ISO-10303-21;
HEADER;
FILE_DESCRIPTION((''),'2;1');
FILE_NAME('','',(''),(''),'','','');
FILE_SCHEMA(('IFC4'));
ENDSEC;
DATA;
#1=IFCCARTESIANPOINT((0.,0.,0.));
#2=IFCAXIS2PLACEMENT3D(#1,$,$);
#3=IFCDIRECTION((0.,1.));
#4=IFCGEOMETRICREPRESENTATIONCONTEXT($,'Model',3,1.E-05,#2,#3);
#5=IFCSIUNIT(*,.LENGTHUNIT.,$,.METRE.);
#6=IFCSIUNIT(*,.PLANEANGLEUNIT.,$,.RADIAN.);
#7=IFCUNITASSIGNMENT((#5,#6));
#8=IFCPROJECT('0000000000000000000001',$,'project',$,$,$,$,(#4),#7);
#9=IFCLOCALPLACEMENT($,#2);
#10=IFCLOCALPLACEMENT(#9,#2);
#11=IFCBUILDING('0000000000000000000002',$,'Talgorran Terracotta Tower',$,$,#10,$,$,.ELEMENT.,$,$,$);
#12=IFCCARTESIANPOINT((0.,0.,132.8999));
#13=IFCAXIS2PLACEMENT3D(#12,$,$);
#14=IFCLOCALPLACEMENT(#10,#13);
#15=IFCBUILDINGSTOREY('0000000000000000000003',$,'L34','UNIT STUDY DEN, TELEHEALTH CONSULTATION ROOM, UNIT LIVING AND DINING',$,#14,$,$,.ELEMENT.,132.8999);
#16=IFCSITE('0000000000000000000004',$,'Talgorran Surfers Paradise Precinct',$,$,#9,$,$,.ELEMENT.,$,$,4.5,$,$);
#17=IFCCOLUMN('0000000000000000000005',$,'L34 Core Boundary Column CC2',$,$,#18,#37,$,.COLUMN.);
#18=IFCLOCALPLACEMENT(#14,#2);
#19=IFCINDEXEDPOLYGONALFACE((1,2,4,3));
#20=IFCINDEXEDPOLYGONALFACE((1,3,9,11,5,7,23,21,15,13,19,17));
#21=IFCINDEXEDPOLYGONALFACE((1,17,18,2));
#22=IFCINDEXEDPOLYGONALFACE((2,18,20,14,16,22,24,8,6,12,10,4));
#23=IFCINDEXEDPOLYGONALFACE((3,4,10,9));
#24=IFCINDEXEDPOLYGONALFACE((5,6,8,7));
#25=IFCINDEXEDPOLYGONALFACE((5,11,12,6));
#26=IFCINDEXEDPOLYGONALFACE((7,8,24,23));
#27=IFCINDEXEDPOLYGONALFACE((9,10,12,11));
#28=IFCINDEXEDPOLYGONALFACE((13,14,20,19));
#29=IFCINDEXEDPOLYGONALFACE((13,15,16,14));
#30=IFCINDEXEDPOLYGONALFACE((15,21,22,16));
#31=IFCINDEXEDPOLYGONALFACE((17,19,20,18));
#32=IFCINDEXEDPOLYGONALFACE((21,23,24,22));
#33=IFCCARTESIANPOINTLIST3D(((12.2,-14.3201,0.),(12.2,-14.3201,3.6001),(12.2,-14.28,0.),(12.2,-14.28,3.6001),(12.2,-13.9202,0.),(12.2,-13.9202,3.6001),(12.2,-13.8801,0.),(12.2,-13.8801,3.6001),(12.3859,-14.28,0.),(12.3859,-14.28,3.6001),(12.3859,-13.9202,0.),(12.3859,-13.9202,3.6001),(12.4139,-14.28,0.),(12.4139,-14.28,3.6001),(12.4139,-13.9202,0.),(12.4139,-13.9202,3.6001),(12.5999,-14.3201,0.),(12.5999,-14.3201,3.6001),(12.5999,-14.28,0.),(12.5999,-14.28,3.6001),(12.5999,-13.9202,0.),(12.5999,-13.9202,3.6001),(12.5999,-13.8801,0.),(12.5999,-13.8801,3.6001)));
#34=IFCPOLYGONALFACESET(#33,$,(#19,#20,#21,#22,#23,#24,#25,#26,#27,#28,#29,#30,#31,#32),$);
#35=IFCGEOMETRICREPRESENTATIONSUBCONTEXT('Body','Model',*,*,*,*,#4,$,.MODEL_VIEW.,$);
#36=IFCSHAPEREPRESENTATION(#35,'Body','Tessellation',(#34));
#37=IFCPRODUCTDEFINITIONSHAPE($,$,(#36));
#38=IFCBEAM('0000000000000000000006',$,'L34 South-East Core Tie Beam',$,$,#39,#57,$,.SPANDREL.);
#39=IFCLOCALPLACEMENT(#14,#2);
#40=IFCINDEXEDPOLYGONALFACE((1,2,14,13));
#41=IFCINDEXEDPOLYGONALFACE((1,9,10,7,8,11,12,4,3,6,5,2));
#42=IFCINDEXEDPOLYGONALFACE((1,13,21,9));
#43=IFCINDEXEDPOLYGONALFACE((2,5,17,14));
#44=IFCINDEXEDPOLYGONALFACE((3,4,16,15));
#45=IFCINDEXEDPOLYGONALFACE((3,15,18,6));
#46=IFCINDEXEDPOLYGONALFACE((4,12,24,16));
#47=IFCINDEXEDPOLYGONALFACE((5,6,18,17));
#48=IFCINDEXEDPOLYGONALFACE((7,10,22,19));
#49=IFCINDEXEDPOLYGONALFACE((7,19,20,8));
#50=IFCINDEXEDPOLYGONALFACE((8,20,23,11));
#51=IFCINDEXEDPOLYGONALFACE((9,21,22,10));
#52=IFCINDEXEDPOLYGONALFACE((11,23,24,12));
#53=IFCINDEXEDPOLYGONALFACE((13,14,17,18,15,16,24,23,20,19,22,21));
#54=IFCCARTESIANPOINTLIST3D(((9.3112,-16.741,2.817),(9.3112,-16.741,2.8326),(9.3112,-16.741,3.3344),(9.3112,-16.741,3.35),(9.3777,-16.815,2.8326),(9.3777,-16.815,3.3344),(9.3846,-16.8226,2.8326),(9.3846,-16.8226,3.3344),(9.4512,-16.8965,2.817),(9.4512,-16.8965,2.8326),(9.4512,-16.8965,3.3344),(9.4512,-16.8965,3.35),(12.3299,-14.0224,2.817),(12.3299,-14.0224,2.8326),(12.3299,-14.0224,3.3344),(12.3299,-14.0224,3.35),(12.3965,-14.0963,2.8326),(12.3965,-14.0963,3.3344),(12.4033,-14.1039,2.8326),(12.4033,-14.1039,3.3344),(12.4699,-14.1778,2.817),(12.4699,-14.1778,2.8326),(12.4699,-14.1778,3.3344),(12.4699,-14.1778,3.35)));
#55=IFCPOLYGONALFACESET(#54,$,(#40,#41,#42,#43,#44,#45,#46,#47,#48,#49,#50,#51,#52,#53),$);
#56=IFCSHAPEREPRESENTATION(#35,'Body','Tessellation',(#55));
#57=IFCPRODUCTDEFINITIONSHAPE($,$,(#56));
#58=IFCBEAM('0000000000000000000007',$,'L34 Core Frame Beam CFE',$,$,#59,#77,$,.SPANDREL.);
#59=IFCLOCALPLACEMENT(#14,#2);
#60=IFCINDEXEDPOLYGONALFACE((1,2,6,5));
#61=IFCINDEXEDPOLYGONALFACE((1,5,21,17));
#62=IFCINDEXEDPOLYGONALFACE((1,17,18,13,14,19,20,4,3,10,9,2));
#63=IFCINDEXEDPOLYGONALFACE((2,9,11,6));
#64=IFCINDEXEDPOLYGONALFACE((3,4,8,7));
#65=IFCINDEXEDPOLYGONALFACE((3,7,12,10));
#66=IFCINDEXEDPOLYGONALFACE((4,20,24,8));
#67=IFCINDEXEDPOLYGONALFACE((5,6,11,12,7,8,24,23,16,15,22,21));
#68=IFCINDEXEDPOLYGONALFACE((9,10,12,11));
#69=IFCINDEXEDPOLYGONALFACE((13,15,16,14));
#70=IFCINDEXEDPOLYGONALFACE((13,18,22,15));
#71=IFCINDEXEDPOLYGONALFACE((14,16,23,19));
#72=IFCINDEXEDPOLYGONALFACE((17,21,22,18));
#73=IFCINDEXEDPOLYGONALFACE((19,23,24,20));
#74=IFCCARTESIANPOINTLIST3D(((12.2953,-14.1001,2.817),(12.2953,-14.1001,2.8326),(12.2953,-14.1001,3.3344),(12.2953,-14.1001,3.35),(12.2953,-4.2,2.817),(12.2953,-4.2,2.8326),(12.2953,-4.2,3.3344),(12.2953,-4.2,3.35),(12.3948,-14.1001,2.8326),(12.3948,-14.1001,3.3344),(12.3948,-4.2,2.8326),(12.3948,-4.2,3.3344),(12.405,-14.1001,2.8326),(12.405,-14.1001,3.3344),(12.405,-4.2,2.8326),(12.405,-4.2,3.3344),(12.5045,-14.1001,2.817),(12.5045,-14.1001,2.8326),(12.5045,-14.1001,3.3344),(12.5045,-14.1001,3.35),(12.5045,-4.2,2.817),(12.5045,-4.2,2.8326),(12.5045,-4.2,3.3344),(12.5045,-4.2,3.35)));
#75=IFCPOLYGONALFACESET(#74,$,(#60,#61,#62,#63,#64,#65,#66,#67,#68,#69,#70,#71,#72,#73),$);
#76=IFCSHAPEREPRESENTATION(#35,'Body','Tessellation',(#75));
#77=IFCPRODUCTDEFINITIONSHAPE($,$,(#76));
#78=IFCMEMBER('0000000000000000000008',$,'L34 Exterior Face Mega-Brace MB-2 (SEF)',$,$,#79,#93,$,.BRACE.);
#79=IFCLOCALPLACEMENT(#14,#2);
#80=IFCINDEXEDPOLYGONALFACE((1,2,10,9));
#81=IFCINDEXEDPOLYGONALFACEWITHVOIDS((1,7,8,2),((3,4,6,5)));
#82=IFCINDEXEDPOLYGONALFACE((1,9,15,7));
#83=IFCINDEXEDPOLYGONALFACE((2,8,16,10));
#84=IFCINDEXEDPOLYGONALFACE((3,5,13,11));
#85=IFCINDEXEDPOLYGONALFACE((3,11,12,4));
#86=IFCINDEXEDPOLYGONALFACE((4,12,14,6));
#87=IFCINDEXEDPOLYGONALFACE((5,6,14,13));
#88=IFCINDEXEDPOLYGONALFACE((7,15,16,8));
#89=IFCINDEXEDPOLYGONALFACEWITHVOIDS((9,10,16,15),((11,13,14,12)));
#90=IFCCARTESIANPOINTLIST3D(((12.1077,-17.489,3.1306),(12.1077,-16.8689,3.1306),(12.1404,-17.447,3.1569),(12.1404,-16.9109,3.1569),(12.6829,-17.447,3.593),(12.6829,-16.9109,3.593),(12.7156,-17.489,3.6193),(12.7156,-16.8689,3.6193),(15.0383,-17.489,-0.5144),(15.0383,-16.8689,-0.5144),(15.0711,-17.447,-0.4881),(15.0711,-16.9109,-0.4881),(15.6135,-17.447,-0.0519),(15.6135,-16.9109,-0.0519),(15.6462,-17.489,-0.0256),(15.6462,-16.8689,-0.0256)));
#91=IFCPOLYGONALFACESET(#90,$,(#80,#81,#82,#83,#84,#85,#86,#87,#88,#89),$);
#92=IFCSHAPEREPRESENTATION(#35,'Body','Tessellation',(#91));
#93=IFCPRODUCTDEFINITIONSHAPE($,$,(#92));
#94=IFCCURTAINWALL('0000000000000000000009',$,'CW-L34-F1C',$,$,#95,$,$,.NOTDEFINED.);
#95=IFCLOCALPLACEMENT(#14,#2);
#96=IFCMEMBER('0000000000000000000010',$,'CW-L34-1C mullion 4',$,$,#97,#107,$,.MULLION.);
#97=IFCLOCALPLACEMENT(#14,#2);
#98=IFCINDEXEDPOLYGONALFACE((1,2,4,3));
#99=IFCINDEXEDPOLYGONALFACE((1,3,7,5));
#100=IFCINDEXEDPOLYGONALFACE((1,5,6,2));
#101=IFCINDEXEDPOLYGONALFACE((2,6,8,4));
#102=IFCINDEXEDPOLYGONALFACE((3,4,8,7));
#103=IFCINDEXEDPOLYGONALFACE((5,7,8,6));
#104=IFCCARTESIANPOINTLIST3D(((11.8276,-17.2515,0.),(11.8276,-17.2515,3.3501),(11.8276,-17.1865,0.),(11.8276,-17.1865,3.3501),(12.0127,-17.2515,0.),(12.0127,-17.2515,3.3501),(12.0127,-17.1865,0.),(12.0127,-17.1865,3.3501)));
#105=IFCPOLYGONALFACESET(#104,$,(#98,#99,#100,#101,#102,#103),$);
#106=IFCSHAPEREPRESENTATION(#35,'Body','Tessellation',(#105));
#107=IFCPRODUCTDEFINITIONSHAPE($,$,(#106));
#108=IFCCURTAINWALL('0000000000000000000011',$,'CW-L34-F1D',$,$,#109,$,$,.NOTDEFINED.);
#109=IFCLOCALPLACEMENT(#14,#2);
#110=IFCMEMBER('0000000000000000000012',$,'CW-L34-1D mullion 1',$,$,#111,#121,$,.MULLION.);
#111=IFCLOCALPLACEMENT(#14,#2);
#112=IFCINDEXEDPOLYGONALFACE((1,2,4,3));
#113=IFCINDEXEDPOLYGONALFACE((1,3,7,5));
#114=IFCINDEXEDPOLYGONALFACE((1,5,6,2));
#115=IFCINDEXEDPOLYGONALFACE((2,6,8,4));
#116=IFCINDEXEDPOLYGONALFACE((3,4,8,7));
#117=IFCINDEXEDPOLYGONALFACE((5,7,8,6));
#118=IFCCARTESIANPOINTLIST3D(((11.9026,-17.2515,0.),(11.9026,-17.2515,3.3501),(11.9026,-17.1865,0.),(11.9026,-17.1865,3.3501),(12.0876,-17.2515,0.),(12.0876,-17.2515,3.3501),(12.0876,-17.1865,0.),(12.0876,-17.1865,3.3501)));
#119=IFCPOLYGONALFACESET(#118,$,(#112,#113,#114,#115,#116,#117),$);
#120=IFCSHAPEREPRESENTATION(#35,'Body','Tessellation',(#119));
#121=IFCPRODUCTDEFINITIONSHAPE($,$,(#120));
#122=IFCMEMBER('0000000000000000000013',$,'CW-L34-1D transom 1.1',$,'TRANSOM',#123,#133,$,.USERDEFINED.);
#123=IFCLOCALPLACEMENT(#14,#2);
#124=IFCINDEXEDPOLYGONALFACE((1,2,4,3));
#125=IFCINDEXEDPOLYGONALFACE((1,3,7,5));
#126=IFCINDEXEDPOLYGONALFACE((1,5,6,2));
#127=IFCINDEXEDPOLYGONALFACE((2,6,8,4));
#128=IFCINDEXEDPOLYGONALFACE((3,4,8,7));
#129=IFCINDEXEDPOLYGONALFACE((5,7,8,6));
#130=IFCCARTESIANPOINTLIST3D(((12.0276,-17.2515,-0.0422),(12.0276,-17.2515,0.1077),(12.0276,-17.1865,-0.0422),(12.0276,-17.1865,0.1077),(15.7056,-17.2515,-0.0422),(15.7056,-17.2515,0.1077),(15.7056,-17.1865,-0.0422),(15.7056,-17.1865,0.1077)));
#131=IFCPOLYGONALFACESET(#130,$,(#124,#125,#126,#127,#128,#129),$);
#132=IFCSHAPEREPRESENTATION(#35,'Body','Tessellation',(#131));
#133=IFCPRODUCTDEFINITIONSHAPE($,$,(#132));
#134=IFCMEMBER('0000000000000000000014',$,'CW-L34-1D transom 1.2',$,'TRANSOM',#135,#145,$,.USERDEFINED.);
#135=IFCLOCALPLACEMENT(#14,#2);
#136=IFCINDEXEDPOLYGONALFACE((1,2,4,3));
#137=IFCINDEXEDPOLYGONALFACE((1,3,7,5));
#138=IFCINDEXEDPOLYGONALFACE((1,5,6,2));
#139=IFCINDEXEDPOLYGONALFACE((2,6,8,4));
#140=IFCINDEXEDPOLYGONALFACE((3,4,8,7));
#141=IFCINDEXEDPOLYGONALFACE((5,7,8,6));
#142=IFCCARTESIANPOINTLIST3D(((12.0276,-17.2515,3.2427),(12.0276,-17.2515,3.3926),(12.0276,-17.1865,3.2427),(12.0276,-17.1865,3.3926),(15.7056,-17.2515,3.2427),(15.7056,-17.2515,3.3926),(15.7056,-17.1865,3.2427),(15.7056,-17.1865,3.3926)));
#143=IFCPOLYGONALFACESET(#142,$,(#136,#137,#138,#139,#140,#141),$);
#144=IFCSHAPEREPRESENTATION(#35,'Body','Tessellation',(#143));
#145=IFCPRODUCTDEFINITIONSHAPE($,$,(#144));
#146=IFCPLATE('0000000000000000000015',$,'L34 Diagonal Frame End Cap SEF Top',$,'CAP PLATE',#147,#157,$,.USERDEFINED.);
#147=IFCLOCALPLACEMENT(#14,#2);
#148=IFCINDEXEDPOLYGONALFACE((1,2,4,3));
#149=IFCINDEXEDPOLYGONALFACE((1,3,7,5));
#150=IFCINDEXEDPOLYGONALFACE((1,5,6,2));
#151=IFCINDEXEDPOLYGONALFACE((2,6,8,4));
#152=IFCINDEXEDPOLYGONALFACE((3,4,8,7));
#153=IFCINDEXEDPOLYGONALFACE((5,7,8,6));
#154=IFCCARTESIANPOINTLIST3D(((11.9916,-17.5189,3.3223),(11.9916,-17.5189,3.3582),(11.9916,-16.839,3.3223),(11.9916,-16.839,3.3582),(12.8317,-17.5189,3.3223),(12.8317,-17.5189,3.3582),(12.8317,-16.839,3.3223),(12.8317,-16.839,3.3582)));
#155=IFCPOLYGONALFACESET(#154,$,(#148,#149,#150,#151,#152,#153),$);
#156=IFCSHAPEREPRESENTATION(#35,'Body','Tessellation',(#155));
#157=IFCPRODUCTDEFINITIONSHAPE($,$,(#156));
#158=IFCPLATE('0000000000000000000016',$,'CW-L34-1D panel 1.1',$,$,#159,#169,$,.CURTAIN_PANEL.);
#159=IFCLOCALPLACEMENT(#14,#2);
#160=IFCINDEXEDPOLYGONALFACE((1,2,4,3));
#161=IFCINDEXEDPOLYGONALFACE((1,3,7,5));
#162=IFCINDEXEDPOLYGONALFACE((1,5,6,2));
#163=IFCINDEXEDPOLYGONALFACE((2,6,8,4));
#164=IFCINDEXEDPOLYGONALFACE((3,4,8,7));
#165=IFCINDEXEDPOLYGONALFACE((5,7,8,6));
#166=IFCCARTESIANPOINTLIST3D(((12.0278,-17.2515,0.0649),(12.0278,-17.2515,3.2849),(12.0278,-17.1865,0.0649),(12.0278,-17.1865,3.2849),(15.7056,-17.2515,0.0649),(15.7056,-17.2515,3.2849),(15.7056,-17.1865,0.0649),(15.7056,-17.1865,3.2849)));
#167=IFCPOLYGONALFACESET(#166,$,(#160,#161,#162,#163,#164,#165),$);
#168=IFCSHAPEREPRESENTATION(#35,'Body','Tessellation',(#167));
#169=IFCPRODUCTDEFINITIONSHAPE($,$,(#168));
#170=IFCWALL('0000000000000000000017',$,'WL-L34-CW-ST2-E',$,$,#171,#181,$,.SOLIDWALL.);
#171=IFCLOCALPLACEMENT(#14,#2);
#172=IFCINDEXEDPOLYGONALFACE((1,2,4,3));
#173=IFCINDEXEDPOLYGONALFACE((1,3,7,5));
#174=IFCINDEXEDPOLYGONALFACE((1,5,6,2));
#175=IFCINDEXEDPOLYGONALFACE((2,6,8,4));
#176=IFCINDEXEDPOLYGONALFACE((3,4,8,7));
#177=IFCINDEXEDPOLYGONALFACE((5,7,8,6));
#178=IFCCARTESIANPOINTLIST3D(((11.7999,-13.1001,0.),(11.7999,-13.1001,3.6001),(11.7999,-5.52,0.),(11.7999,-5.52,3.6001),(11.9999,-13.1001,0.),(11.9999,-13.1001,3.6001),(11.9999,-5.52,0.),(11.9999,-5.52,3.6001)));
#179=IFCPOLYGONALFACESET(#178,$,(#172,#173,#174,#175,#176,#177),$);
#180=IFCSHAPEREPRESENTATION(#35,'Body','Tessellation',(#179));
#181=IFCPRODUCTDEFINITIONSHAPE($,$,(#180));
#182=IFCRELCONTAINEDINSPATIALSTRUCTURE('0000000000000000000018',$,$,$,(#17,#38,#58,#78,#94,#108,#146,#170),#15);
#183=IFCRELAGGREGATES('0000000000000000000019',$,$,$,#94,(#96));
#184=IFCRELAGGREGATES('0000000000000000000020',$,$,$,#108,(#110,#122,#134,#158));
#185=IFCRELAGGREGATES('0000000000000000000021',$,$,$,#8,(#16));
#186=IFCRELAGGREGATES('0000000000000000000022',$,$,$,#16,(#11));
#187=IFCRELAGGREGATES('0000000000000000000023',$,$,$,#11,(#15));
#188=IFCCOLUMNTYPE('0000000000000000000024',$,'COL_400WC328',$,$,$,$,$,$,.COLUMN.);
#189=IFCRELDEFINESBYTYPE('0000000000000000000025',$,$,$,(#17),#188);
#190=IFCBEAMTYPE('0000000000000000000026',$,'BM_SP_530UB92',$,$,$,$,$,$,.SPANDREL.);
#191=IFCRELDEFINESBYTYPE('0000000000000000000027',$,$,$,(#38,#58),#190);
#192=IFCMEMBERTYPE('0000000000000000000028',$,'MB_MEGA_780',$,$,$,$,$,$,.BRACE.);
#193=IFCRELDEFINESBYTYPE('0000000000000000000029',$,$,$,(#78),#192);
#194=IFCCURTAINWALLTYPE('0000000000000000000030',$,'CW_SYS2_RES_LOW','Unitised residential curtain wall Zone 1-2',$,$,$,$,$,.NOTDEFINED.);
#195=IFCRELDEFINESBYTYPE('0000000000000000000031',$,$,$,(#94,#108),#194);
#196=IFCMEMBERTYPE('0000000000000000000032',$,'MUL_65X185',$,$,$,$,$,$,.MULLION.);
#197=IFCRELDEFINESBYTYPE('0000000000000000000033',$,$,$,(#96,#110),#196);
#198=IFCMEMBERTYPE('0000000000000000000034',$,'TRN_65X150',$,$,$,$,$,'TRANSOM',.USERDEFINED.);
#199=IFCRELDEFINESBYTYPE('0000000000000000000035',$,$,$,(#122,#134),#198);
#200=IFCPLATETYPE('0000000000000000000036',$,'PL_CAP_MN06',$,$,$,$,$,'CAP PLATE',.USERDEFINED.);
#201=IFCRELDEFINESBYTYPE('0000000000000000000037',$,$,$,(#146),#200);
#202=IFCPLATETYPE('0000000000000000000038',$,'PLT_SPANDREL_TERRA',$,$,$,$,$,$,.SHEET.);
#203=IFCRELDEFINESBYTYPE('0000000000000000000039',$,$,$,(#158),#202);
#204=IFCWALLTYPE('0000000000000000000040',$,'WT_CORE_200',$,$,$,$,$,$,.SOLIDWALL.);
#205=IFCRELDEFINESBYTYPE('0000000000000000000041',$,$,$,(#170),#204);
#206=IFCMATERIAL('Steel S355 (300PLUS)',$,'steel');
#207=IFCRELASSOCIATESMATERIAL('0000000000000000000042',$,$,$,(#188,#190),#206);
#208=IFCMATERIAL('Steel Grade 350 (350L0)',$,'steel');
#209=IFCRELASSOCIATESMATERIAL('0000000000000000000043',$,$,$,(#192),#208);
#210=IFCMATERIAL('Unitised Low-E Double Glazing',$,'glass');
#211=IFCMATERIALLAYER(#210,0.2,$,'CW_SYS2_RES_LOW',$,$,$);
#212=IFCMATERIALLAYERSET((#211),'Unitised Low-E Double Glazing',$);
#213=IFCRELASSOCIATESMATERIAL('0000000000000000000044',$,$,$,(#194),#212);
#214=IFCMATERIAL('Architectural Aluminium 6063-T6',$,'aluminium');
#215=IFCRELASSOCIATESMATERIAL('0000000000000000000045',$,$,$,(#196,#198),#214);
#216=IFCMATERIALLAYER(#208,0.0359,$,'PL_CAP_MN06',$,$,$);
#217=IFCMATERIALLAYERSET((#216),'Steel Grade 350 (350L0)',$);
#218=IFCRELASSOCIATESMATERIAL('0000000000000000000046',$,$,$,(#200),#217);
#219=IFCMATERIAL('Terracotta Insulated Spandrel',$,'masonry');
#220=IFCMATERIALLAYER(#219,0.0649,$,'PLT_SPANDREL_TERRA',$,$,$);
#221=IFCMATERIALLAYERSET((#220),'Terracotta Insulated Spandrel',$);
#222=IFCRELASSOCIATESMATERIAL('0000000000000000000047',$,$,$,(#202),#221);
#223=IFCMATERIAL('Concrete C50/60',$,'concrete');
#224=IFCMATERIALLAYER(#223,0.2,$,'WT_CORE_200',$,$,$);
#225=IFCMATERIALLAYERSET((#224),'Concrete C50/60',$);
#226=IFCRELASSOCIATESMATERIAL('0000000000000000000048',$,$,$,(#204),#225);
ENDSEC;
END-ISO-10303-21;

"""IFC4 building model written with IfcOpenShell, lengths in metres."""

from ifc_helpers import new_model, si_unit, direction, frame, frame_2d, origin, origin_2d, place, context, subcontext, project, spatial, rectangle, hollow_rectangle, i_section, extrude, source, transform, mapped, material, layer, layer_set, material_profile, profile_set, type_object, type_shapes, element, aggregate, save


model = new_model("IFC4")

# Units and contexts
model_context = context("Model", 3, precision=1e-05, world=origin(), true_north=direction((0.0, 1.0)))
body_context = subcontext(model_context, "Body", "Model", "MODEL_VIEW")
ifc_project = project(units=[si_unit("LENGTHUNIT", "METRE"), si_unit("PLANEANGLEUNIT", "RADIAN")], contexts=[model_context])

# Site, building, storey
site_placement = place(None, origin())
site = spatial("IfcSite", under=ifc_project, at=site_placement, Name="Talgorran Surfers Paradise Precinct", CompositionType="ELEMENT", RefElevation=4.5)
building_placement = place(site_placement, origin())
building = spatial("IfcBuilding", under=site, at=building_placement, Name="Talgorran Terracotta Tower", CompositionType="ELEMENT")
storey_placement = place(building_placement, frame((0.0, 0.0, 132.8999)))
storey = spatial("IfcBuildingStorey", under=building, at=storey_placement, Name="L34", Description="UNIT STUDY DEN, TELEHEALTH CONSULTATION ROOM, UNIT LIVING AND DINING", CompositionType="ELEMENT", Elevation=132.8999)

# Column
ifc_material_1 = material(Name="Steel S355 (300PLUS)", Category="steel")
ifc_material_profile_1 = material_profile(ifc_material_1, i_section(OverallWidth=0.3999, OverallDepth=0.4399, WebThickness=0.0281, FlangeThickness=0.04, at=origin_2d()), Name="400WC328")
ifc_profile_set_1 = profile_set([ifc_material_profile_1], Name="Steel S355 (300PLUS)")
column_type = type_object("IfcColumnType", Name="COL_400WC328", PredefinedType="COLUMN", material=ifc_profile_set_1)
column_placement = place(storey_placement, frame((12.3999, -14.1001, 0.0), z_axis=(0.0, 0.0, 1.0), x_axis=(1.0, 0.0, 0.0)))
element("IfcColumn", 1, at=column_placement, inside=storey, type_object=column_type, Name="L34 Core Boundary Column CC2", PredefinedType="COLUMN", context=body_context, shape_type="SweptSolid", body=[
    extrude(i_section(OverallWidth=0.3999, OverallDepth=0.4399, WebThickness=0.0281, FlangeThickness=0.04, at=origin_2d()), origin(), (0.0, 0.0, 1.0), 3.6001),
])

# Beams
ifc_material_profile_2 = material_profile(ifc_material_1, i_section(OverallWidth=0.2092, OverallDepth=0.533, WebThickness=0.0103, FlangeThickness=0.0156, at=origin_2d()), Name="530UB92.4")
ifc_profile_set_2 = profile_set([ifc_material_profile_2], Name="Steel S355 (300PLUS)")
beam_type = type_object("IfcBeamType", Name="BM_SP_530UB92", PredefinedType="SPANDREL", material=ifc_profile_set_2)
beam_1_placement = place(storey_placement, frame((12.3999, -14.1001, 3.0835), z_axis=(-0.74307, -0.669214, 0.0), x_axis=(0.669214, -0.74307, 0.0)))
element("IfcBeam", 2, at=beam_1_placement, inside=storey, type_object=beam_type, Name="L34 South-East Core Tie Beam", PredefinedType="SPANDREL", context=body_context, shape_type="SweptSolid", body=[
    extrude(i_section(OverallWidth=0.2092, OverallDepth=0.533, WebThickness=0.0103, FlangeThickness=0.0156, at=origin_2d()), origin(), (0.0, 0.0, 1.0), 4.0625),
])
beam_2_placement = place(storey_placement, frame((12.3999, -14.1001, 3.0835), z_axis=(0.0, 1.0, 0.0), x_axis=(-1.0, 0.0, 0.0)))
element("IfcBeam", 3, at=beam_2_placement, inside=storey, type_object=beam_type, Name="L34 Core Frame Beam CFE", PredefinedType="SPANDREL", context=body_context, shape_type="SweptSolid", body=[
    extrude(i_section(OverallWidth=0.2092, OverallDepth=0.533, WebThickness=0.0103, FlangeThickness=0.0156, at=origin_2d()), origin(), (0.0, 0.0, 1.0), 9.9001),
])

# Member
ifc_material_2 = material(Name="Steel Grade 350 (350L0)", Category="steel")
ifc_material_profile_3 = material_profile(ifc_material_2, hollow_rectangle(XDim=0.6201, YDim=0.78, WallThickness=0.042, at=origin_2d()), Name="WBOX780X620X42")
ifc_profile_set_3 = profile_set([ifc_material_profile_3], Name="Steel Grade 350 (350L0)")
member_type_1 = type_object("IfcMemberType", Name="MB_MEGA_780", PredefinedType="BRACE", material=ifc_profile_set_3)
member_1_placement = place(storey_placement, frame((15.3423, -17.179, -0.27), z_axis=(-0.626603, 0.0, 0.779339), x_axis=(0.0, -1.0, 0.0)))
element("IfcMember", 4, at=member_1_placement, inside=storey, type_object=member_type_1, Name="L34 Exterior Face Mega-Brace MB-2 (SEF)", PredefinedType="BRACE", context=body_context, shape_type="SweptSolid", body=[
    extrude(hollow_rectangle(XDim=0.6201, YDim=0.78, WallThickness=0.042, at=origin_2d()), origin(), (0.0, 0.0, 1.0), 4.677),
])

# Curtain wall, member
ifc_material_3 = material(Name="Unitised Low-E Double Glazing", Category="glass")
ifc_layer_1 = layer(ifc_material_3, 0.2, Name="CW_SYS2_RES_LOW")
ifc_layer_set_1 = layer_set([ifc_layer_1], Name="Unitised Low-E Double Glazing")
curtain_wall_type = type_object("IfcCurtainWallType", Name="CW_SYS2_RES_LOW", Description="Unitised residential curtain wall Zone 1-2", PredefinedType="NOTDEFINED", material=ifc_layer_set_1)
curtain_wall_1_placement = place(storey_placement, origin())
curtain_wall_1 = element("IfcCurtainWall", 5, at=curtain_wall_1_placement, inside=storey, type_object=curtain_wall_type, Name="CW-L34-F1C", PredefinedType="NOTDEFINED")
ifc_material_4 = material(Name="Architectural Aluminium 6063-T6", Category="aluminium")
ifc_material_profile_4 = material_profile(ifc_material_4, rectangle(XDim=0.0649, YDim=0.1851, at=origin_2d()), Name="CWM65X185")
ifc_profile_set_4 = profile_set([ifc_material_profile_4], Name="Architectural Aluminium 6063-T6")
member_type_2 = type_object("IfcMemberType", Name="MUL_65X185", PredefinedType="MULLION", material=ifc_profile_set_4)
member_2_placement = place(storey_placement, frame((11.9202, -17.219, 0.0), z_axis=(0.0, 0.0, 1.0), x_axis=(0.0, 1.0, 0.0)))
member_2 = element("IfcMember", 6, at=member_2_placement, type_object=member_type_2, Name="CW-L34-1C mullion 4", PredefinedType="MULLION", context=body_context, shape_type="SweptSolid", body=[
    extrude(rectangle(XDim=0.0649, YDim=0.1851, at=origin_2d()), origin(), (0.0, 0.0, 1.0), 3.3501),
])
aggregate(curtain_wall_1, [member_2])

# Curtain wall, members
curtain_wall_2_placement = place(storey_placement, origin())
curtain_wall_2 = element("IfcCurtainWall", 7, at=curtain_wall_2_placement, inside=storey, type_object=curtain_wall_type, Name="CW-L34-F1D", PredefinedType="NOTDEFINED")
member_3_placement = place(storey_placement, frame((11.9951, -17.219, 0.0), z_axis=(0.0, 0.0, 1.0), x_axis=(0.0, 1.0, 0.0)))
member_3 = element("IfcMember", 8, at=member_3_placement, type_object=member_type_2, Name="CW-L34-1D mullion 1", PredefinedType="MULLION", context=body_context, shape_type="SweptSolid", body=[
    extrude(rectangle(XDim=0.0649, YDim=0.1851, at=origin_2d()), origin(), (0.0, 0.0, 1.0), 3.3501),
])
ifc_material_profile_5 = material_profile(ifc_material_4, rectangle(XDim=0.0649, YDim=0.1499, at=origin_2d()), Name="CWT65X150")
ifc_profile_set_5 = profile_set([ifc_material_profile_5], Name="Architectural Aluminium 6063-T6")
member_type_3 = type_object("IfcMemberType", Name="TRN_65X150", ElementType="TRANSOM", PredefinedType="USERDEFINED", material=ifc_profile_set_5)
member_4_placement = place(storey_placement, frame((12.0276, -17.219, 0.0327), z_axis=(1.0, 0.0, 0.0), x_axis=(0.0, 1.0, 0.0)))
member_4 = element("IfcMember", 9, at=member_4_placement, type_object=member_type_3, Name="CW-L34-1D transom 1.1", ObjectType="TRANSOM", PredefinedType="USERDEFINED", context=body_context, shape_type="SweptSolid", body=[
    extrude(rectangle(XDim=0.0649, YDim=0.1499, at=origin_2d()), origin(), (0.0, 0.0, 1.0), 3.678),
])
member_5_placement = place(storey_placement, frame((12.0276, -17.219, 3.3176), z_axis=(1.0, 0.0, 0.0), x_axis=(0.0, 1.0, 0.0)))
member_5 = element("IfcMember", 10, at=member_5_placement, type_object=member_type_3, Name="CW-L34-1D transom 1.2", ObjectType="TRANSOM", PredefinedType="USERDEFINED", context=body_context, shape_type="SweptSolid", body=[
    extrude(rectangle(XDim=0.0649, YDim=0.1499, at=origin_2d()), origin(), (0.0, 0.0, 1.0), 3.678),
])

# Plates
ifc_layer_2 = layer(ifc_material_2, 0.0359, Name="PL_CAP_MN06")
ifc_layer_set_2 = layer_set([ifc_layer_2], Name="Steel Grade 350 (350L0)")
plate_type_1 = type_object("IfcPlateType", Name="PL_CAP_MN06", ElementType="CAP PLATE", PredefinedType="USERDEFINED", material=ifc_layer_set_2)
plate_1_placement = place(storey_placement, frame((12.4116, -17.179, 3.3223), z_axis=(0.0, 0.0, 1.0), x_axis=(-1.0, 0.0, 0.0)))
element("IfcPlate", 11, at=plate_1_placement, inside=storey, type_object=plate_type_1, Name="L34 Diagonal Frame End Cap SEF Top", ObjectType="CAP PLATE", PredefinedType="USERDEFINED", context=body_context, shape_type="SweptSolid", body=[
    extrude(rectangle(XDim=0.8401, YDim=0.6799, at=origin_2d()), origin(), (0.0, 0.0, 1.0), 0.0359),
])
ifc_material_5 = material(Name="Terracotta Insulated Spandrel", Category="masonry")
ifc_layer_3 = layer(ifc_material_5, 0.0649, Name="PLT_SPANDREL_TERRA")
ifc_layer_set_3 = layer_set([ifc_layer_3], Name="Terracotta Insulated Spandrel")
plate_type_2 = type_object("IfcPlateType", Name="PLT_SPANDREL_TERRA", PredefinedType="SHEET", material=ifc_layer_set_3)
shared_shape = source(origin(), body_context, "Body", "SweptSolid", [
    extrude(rectangle(XDim=3.6777, YDim=0.0649, at=origin_2d()), origin(), (0.0, 0.0, 1.0), 3.22),
])
type_shapes(plate_type_2, [shared_shape])
plate_2_placement = place(storey_placement, frame((13.8667, -17.219, 0.0649), z_axis=(0.0, 0.0, 1.0), x_axis=(1.0, 0.0, 0.0)))
plate_2 = element("IfcPlate", 12, at=plate_2_placement, type_object=plate_type_2, Name="CW-L34-1D panel 1.1", PredefinedType="CURTAIN_PANEL", context=body_context, shape_type="MappedRepresentation", body=[
    mapped(shared_shape, transform((0.0, 0.0, 0.0), scale=1.0)),
])
aggregate(curtain_wall_2, [member_3, member_4, member_5, plate_2])

# Wall
ifc_material_6 = material(Name="Concrete C50/60", Category="concrete")
ifc_layer_4 = layer(ifc_material_6, 0.2, Name="WT_CORE_200")
ifc_layer_set_4 = layer_set([ifc_layer_4], Name="Concrete C50/60")
wall_type_1 = type_object("IfcWallType", Name="WT_CORE_200", PredefinedType="SOLIDWALL", material=ifc_layer_set_4)
wall_1_placement = place(storey_placement, frame((11.8999, -13.1001, 0.0), z_axis=(0.0, 0.0, 1.0), x_axis=(0.0, 1.0, 0.0)))
element("IfcWall", 13, at=wall_1_placement, inside=storey, type_object=wall_type_1, Name="WL-L34-CW-ST2-E", PredefinedType="SOLIDWALL", context=body_context, shape_type="SweptSolid", body=[
    extrude(rectangle(XDim=7.5801, YDim=0.2, at=frame_2d((3.79, 0.0))), origin(), (0.0, 0.0, 1.0), 3.6001),
])

save(model, "model.ifc")
